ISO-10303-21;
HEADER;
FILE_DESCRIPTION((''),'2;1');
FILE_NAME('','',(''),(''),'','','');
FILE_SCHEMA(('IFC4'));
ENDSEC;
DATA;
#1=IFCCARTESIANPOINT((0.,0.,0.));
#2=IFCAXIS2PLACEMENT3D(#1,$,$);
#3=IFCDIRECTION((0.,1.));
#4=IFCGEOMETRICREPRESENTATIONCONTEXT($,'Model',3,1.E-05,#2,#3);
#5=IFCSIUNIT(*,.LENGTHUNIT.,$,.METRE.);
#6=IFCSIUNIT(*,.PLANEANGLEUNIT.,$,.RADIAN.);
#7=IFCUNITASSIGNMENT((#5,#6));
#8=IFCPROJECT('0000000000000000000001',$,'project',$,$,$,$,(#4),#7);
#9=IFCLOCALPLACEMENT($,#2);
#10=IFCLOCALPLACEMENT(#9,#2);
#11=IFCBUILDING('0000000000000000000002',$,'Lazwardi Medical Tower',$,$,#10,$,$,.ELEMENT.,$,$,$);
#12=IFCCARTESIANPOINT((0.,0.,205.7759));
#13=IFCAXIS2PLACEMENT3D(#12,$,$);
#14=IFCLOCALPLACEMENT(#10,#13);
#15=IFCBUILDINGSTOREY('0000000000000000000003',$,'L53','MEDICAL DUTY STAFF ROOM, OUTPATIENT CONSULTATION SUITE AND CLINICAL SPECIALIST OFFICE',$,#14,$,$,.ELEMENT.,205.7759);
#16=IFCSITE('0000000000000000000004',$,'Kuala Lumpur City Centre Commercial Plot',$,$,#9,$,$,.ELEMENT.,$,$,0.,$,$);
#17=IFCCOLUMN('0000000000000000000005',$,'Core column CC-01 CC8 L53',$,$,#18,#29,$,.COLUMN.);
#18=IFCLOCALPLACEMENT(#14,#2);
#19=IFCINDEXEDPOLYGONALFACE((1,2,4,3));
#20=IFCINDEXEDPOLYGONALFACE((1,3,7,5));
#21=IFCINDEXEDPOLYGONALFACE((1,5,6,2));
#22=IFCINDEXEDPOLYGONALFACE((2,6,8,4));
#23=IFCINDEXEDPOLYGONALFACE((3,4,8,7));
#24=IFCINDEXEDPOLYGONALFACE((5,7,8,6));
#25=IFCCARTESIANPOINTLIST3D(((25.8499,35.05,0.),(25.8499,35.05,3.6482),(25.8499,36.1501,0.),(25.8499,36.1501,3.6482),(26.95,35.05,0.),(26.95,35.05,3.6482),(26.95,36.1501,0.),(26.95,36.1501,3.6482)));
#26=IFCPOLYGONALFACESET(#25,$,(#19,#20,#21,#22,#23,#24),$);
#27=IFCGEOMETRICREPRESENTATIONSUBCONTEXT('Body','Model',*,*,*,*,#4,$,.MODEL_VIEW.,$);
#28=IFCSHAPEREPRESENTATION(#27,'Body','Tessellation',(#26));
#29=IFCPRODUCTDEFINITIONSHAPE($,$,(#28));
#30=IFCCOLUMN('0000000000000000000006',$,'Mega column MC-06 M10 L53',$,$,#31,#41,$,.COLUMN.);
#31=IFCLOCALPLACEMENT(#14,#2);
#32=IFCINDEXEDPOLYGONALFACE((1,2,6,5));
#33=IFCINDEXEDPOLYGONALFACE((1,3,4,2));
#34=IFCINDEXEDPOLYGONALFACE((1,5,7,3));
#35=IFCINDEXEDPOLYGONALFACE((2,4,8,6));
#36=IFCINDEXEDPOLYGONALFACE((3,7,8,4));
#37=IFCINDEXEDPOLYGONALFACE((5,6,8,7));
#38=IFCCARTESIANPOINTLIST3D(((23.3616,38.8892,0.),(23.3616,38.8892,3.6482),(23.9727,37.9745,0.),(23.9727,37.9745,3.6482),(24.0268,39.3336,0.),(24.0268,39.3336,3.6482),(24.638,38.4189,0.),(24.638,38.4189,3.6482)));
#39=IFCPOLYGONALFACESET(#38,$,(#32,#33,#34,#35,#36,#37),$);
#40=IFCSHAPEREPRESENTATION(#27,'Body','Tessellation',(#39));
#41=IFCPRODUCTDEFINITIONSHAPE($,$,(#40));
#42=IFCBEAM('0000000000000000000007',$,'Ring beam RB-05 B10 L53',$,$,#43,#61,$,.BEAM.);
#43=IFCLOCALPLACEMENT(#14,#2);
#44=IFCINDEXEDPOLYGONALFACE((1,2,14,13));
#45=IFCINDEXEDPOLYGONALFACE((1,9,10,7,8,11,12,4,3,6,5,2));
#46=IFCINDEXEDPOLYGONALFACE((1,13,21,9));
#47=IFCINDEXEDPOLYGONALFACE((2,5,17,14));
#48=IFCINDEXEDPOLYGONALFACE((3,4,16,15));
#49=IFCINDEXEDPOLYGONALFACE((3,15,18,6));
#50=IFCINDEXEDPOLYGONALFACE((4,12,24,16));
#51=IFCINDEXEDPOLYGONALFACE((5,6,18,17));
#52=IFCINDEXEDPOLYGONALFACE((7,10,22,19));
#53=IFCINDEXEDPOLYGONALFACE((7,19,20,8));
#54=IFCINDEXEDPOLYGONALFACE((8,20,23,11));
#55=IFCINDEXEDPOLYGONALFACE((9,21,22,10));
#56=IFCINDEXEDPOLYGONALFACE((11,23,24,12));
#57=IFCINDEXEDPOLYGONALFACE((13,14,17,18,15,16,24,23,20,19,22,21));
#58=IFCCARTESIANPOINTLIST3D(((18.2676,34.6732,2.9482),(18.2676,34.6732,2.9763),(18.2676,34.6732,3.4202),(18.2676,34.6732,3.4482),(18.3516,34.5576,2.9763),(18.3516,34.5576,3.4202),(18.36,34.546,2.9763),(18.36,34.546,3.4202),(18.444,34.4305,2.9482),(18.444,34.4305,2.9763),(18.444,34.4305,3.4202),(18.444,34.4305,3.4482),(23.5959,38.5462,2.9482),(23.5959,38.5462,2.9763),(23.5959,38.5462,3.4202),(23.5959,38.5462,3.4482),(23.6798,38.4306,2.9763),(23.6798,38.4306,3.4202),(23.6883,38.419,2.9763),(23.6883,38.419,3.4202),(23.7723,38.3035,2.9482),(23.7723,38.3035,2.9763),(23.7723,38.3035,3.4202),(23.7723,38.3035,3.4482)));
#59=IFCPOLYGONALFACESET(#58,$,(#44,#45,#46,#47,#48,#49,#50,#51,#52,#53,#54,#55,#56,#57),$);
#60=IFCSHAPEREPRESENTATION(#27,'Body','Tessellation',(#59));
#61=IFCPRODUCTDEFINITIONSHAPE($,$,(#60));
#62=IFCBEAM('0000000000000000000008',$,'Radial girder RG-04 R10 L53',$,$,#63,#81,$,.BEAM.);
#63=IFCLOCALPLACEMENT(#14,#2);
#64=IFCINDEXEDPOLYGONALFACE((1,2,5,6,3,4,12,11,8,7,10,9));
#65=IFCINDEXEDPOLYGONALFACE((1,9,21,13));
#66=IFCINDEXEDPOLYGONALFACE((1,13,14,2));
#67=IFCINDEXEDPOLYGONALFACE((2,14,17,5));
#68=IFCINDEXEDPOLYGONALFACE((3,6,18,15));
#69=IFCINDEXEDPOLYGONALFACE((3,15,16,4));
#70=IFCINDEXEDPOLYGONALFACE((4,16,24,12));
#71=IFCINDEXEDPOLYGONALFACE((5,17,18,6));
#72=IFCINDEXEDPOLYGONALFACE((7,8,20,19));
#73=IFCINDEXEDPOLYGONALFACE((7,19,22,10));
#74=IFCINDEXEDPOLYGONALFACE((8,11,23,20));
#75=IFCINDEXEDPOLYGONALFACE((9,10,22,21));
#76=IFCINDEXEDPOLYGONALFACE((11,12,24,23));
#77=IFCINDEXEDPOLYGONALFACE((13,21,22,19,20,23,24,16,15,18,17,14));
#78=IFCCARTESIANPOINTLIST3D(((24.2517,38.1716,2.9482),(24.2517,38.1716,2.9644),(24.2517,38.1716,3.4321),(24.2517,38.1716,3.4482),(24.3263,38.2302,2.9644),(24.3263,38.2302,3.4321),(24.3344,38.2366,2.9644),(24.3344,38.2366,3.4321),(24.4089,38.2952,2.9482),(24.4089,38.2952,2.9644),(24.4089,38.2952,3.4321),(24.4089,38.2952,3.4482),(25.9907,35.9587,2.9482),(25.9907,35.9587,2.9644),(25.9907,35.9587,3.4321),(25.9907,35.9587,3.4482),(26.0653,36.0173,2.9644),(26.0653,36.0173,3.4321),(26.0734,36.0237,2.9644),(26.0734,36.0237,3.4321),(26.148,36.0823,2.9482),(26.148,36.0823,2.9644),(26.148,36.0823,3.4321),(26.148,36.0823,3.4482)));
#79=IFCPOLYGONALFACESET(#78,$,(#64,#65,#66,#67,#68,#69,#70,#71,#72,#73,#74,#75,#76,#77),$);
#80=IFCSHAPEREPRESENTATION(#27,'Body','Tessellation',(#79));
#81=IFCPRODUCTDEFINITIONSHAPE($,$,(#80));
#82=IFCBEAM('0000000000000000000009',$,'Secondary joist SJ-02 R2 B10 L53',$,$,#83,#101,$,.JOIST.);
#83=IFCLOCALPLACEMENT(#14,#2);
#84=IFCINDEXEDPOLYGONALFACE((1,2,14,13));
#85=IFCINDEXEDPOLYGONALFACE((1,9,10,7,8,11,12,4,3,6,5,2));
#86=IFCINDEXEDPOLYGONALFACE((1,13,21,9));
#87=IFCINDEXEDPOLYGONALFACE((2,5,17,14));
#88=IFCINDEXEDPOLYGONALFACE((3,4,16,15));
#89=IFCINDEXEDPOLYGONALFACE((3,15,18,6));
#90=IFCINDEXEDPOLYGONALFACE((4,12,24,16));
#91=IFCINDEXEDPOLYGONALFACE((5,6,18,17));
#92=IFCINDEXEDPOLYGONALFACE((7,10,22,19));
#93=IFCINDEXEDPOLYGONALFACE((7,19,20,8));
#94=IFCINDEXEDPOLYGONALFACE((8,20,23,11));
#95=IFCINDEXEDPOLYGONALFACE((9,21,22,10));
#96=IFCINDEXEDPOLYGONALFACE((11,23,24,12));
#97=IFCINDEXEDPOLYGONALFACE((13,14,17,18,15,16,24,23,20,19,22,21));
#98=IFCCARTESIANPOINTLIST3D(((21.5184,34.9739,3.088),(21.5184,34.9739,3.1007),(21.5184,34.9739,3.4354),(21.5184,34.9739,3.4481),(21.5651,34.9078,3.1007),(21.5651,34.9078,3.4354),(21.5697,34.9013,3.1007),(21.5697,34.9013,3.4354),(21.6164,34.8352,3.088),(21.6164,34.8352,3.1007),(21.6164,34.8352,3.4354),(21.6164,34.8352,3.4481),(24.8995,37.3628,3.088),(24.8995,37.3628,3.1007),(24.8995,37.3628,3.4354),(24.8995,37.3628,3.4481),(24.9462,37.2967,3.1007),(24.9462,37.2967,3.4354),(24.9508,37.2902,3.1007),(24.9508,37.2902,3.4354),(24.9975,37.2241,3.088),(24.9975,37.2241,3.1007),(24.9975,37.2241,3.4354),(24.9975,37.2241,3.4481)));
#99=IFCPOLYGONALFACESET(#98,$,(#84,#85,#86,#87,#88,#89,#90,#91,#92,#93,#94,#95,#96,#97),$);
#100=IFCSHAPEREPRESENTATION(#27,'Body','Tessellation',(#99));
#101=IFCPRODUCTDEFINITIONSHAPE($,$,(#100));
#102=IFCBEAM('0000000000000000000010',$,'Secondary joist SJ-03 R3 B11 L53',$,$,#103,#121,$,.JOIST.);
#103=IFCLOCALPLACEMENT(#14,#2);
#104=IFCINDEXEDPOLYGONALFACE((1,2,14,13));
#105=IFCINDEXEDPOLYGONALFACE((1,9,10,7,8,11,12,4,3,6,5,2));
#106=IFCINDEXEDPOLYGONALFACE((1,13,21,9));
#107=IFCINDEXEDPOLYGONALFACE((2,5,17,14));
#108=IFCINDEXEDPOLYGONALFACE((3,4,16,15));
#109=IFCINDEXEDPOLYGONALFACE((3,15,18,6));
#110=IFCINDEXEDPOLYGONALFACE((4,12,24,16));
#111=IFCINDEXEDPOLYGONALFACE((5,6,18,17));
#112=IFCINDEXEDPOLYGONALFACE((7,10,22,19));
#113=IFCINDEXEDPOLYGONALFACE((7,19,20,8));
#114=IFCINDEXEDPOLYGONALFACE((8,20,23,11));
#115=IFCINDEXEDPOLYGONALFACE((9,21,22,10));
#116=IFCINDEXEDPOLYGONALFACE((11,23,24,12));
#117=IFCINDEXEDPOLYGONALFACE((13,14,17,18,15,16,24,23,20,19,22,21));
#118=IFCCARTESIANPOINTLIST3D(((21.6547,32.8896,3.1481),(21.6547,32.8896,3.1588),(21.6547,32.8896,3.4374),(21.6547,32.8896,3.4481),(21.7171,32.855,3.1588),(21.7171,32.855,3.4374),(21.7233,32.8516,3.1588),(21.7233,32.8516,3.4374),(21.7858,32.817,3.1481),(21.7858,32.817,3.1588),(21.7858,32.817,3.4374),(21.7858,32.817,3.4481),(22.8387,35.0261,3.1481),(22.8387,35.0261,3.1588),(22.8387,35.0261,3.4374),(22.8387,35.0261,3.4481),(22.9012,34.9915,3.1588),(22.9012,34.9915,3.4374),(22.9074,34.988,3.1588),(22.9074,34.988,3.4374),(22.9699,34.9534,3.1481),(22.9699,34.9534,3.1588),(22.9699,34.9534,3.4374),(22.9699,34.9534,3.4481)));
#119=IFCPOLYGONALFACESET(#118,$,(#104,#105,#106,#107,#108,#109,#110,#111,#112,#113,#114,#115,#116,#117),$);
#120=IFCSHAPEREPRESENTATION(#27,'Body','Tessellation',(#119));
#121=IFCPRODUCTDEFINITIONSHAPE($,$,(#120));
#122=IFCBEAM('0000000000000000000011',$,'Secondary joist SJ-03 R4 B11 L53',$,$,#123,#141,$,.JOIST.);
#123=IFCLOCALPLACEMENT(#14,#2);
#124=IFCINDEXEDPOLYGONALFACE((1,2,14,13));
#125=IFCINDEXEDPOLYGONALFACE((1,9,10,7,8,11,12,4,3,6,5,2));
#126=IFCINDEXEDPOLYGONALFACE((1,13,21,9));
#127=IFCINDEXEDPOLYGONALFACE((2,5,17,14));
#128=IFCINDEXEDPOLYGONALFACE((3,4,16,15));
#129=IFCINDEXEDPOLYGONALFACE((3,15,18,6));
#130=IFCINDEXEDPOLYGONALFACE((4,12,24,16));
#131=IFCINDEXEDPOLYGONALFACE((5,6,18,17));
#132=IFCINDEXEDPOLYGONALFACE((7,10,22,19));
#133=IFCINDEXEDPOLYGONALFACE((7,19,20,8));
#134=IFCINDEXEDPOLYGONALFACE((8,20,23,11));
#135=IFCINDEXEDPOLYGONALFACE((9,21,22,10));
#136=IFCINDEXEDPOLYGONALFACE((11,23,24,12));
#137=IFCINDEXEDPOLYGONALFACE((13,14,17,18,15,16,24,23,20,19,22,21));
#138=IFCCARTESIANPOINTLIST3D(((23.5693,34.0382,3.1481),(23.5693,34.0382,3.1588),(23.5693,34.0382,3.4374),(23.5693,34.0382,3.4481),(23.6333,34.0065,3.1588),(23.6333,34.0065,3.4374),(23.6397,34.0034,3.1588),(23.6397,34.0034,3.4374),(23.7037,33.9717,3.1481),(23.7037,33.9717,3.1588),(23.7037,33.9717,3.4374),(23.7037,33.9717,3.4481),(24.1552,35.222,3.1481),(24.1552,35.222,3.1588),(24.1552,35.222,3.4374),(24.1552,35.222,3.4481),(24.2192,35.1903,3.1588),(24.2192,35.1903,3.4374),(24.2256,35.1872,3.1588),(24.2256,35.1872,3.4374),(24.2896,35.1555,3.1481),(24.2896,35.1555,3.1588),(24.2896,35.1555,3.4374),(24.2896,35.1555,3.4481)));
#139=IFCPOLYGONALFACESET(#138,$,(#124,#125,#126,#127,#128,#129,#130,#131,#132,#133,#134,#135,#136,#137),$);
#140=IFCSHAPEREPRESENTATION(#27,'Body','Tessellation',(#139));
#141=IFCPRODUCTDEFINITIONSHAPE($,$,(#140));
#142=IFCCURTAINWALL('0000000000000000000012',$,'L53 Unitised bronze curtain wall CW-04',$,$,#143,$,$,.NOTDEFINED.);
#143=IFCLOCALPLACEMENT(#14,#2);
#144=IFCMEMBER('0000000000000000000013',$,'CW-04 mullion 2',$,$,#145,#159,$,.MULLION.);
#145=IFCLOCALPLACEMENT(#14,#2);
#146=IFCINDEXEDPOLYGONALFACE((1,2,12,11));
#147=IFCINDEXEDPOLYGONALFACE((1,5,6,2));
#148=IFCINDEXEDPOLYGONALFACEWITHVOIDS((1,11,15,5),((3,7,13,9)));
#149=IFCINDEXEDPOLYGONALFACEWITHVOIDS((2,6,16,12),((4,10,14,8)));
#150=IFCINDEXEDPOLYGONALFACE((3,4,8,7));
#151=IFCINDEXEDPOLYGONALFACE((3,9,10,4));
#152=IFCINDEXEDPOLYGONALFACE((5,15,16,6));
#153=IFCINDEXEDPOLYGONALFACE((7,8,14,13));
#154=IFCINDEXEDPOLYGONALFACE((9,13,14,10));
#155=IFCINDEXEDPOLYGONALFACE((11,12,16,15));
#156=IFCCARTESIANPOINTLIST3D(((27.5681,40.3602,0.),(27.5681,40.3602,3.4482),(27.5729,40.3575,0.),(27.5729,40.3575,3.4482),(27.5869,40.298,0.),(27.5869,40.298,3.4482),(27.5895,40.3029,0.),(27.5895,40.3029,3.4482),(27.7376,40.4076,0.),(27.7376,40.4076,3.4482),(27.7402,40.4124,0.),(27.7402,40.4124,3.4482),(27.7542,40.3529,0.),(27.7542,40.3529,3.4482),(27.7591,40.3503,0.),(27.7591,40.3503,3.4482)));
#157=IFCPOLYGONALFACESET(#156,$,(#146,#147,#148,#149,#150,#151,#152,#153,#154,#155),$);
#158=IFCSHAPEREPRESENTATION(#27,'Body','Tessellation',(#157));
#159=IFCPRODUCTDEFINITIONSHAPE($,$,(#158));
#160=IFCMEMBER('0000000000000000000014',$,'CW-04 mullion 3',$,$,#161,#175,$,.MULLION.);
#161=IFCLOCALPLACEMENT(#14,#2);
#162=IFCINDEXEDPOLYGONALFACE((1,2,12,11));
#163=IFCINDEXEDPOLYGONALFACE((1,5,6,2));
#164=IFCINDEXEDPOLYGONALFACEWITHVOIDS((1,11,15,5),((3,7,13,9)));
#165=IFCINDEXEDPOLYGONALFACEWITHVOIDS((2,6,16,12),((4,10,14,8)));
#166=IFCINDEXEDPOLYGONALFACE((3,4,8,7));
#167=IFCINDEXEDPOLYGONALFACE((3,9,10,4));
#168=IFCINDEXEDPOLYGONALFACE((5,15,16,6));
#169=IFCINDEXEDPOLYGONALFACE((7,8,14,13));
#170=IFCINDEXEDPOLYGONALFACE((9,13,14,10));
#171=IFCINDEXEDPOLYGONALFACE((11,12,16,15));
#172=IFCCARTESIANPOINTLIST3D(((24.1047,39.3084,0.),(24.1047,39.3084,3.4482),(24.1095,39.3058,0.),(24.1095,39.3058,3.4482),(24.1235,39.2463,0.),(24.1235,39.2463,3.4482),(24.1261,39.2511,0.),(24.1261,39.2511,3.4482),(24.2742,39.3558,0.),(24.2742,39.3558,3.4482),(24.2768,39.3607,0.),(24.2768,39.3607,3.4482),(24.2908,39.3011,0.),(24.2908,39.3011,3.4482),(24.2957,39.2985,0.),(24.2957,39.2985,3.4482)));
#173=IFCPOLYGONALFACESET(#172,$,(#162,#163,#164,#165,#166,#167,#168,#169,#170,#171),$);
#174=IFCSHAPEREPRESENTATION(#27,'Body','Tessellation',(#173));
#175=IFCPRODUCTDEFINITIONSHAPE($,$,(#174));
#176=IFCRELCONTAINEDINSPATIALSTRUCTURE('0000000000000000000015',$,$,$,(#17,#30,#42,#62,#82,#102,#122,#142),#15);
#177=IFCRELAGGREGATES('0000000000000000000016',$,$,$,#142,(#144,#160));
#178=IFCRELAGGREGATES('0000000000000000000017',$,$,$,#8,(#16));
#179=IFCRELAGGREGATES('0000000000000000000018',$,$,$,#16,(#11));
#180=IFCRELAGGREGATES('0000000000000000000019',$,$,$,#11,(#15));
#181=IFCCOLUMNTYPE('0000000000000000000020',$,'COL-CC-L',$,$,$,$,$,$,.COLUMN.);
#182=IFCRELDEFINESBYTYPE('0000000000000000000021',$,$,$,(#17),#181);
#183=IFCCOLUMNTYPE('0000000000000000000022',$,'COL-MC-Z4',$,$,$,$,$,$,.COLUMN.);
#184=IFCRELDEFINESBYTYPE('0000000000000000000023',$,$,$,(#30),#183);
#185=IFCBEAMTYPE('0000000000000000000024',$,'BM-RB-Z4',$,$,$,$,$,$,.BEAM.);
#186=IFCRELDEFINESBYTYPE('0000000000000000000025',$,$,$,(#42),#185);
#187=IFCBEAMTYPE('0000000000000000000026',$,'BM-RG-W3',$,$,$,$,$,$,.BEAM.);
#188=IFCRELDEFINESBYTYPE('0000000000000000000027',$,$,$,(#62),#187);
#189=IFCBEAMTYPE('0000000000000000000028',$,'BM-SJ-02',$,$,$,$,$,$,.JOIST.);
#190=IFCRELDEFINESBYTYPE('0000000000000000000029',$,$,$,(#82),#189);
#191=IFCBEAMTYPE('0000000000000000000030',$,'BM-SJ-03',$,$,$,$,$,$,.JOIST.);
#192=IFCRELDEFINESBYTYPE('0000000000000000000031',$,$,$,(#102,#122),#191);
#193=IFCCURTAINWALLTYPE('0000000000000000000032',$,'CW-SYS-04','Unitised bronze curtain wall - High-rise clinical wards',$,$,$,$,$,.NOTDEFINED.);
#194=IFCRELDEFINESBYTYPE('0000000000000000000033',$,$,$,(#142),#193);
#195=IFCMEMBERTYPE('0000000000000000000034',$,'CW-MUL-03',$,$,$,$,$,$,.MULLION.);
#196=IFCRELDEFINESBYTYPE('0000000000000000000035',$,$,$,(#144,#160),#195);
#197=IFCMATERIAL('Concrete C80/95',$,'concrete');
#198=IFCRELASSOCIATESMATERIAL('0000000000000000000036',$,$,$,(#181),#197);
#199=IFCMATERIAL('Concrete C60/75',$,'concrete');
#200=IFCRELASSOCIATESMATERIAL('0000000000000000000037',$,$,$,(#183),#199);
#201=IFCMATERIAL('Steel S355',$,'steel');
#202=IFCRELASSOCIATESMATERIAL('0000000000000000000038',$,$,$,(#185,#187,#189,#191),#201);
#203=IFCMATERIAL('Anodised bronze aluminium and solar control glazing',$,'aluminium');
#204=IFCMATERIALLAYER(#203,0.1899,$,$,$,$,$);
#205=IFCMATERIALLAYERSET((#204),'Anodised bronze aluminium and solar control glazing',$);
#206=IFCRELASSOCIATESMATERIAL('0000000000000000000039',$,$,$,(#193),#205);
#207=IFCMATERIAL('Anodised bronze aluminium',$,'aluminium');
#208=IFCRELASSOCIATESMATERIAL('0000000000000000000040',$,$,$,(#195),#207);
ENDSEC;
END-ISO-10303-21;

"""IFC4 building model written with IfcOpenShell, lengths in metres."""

from ifc_helpers import new_model, si_unit, direction, frame, origin, origin_2d, place, context, subcontext, project, spatial, rectangle, hollow_rectangle, i_section, extrude, material, layer, layer_set, material_profile, profile_set, type_object, element, aggregate, save


model = new_model("IFC4")

# Units and contexts
model_context = context("Model", 3, precision=1e-05, world=origin(), true_north=direction((0.0, 1.0)))
body_context = subcontext(model_context, "Body", "Model", "MODEL_VIEW")
ifc_project = project(units=[si_unit("LENGTHUNIT", "METRE"), si_unit("PLANEANGLEUNIT", "RADIAN")], contexts=[model_context])

# Site, building, storey
site_placement = place(None, origin())
site = spatial("IfcSite", under=ifc_project, at=site_placement, Name="Kuala Lumpur City Centre Commercial Plot", CompositionType="ELEMENT", RefElevation=0.0)
building_placement = place(site_placement, origin())
building = spatial("IfcBuilding", under=site, at=building_placement, Name="Lazwardi Medical Tower", CompositionType="ELEMENT")
storey_placement = place(building_placement, frame((0.0, 0.0, 205.7759)))
storey = spatial("IfcBuildingStorey", under=building, at=storey_placement, Name="L53", Description="MEDICAL DUTY STAFF ROOM, OUTPATIENT CONSULTATION SUITE AND CLINICAL SPECIALIST OFFICE", CompositionType="ELEMENT", Elevation=205.7759)

# Columns
ifc_material_1 = material(Name="Concrete C80/95", Category="concrete")
ifc_material_profile_1 = material_profile(ifc_material_1, rectangle(XDim=1.1001, YDim=1.1001, at=origin_2d()), Name="RC 1100x1100")
ifc_profile_set_1 = profile_set([ifc_material_profile_1], Name="Concrete C80/95")
column_type_1 = type_object("IfcColumnType", Name="COL-CC-L", PredefinedType="COLUMN", material=ifc_profile_set_1)
column_1_placement = place(storey_placement, frame((26.3999, 35.6001, 0.0), z_axis=(0.0, 0.0, 1.0), x_axis=(1.0, 0.0, 0.0)))
element("IfcColumn", 1, at=column_1_placement, inside=storey, type_object=column_type_1, Name="Core column CC-01 CC8 L53", PredefinedType="COLUMN", context=body_context, shape_type="SweptSolid", body=[
    extrude(rectangle(XDim=1.1001, YDim=1.1001, at=origin_2d()), origin(), (0.0, 0.0, 1.0), 3.6482),
])
ifc_material_2 = material(Name="Concrete C60/75", Category="concrete")
ifc_material_profile_2 = material_profile(ifc_material_2, rectangle(XDim=1.1001, YDim=0.8, at=origin_2d()), Name="CFT-RECT 1100x800")
ifc_profile_set_2 = profile_set([ifc_material_profile_2], Name="Concrete C60/75")
column_type_2 = type_object("IfcColumnType", Name="COL-MC-Z4", PredefinedType="COLUMN", material=ifc_profile_set_2)
column_2_placement = place(storey_placement, frame((23.9998, 38.6541, 0.0), z_axis=(0.0, 0.0, 1.0), x_axis=(-0.55557, 0.83147, 0.0)))
element("IfcColumn", 2, at=column_2_placement, inside=storey, type_object=column_type_2, Name="Mega column MC-06 M10 L53", PredefinedType="COLUMN", context=body_context, shape_type="SweptSolid", body=[
    extrude(rectangle(XDim=1.1001, YDim=0.8, at=origin_2d()), origin(), (0.0, 0.0, 1.0), 3.6482),
])

# Beams
ifc_material_3 = material(Name="Steel S355", Category="steel")
ifc_material_profile_3 = material_profile(ifc_material_3, i_section(OverallWidth=0.3, OverallDepth=0.5, WebThickness=0.0144, FlangeThickness=0.0281, at=origin_2d()), Name="HEB 500")
ifc_profile_set_3 = profile_set([ifc_material_profile_3], Name="Steel S355")
beam_type_1 = type_object("IfcBeamType", Name="BM-RB-Z4", PredefinedType="BEAM", material=ifc_profile_set_3)
beam_1_placement = place(storey_placement, frame((23.6841, 38.4248, 3.1982), z_axis=(-0.80889, -0.58796, 0.0), x_axis=(0.58796, -0.80889, 0.0)))
element("IfcBeam", 3, at=beam_1_placement, inside=storey, type_object=beam_type_1, Name="Ring beam RB-05 B10 L53", PredefinedType="BEAM", context=body_context, shape_type="SweptSolid", body=[
    extrude(i_section(OverallWidth=0.3, OverallDepth=0.5, WebThickness=0.0144, FlangeThickness=0.0281, at=origin_2d()), origin(), (0.0, 0.0, 1.0), 6.5872),
])
ifc_material_profile_4 = material_profile(ifc_material_3, i_section(OverallWidth=0.2, OverallDepth=0.5, WebThickness=0.0103, FlangeThickness=0.0161, at=origin_2d()), Name="IPE 500")
ifc_profile_set_4 = profile_set([ifc_material_profile_4], Name="Steel S355")
beam_type_2 = type_object("IfcBeamType", Name="BM-RG-W3", PredefinedType="BEAM", material=ifc_profile_set_4)
beam_2_placement = place(storey_placement, frame((24.3303, 38.2334, 3.1982), z_axis=(0.617891, -0.786264, 0.0), x_axis=(0.786264, 0.617891, 0.0)))
element("IfcBeam", 4, at=beam_2_placement, inside=storey, type_object=beam_type_2, Name="Radial girder RG-04 R10 L53", PredefinedType="BEAM", context=body_context, shape_type="SweptSolid", body=[
    extrude(i_section(OverallWidth=0.2, OverallDepth=0.5, WebThickness=0.0103, FlangeThickness=0.0161, at=origin_2d()), origin(), (0.0, 0.0, 1.0), 2.8145),
])
ifc_material_profile_5 = material_profile(ifc_material_3, i_section(OverallWidth=0.1699, OverallDepth=0.3601, WebThickness=0.0081, FlangeThickness=0.0127, at=origin_2d()), Name="IPE 360")
ifc_profile_set_5 = profile_set([ifc_material_profile_5], Name="Steel S355")
beam_type_3 = type_object("IfcBeamType", Name="BM-SJ-02", PredefinedType="JOIST", material=ifc_profile_set_5)
beam_3_placement = place(storey_placement, frame((24.9485, 37.2935, 3.2681), z_axis=(-0.816711, -0.577047, 0.0), x_axis=(0.577047, -0.816711, 0.0)))
element("IfcBeam", 5, at=beam_3_placement, inside=storey, type_object=beam_type_3, Name="Secondary joist SJ-02 R2 B10 L53", PredefinedType="JOIST", context=body_context, shape_type="SweptSolid", body=[
    extrude(i_section(OverallWidth=0.1699, OverallDepth=0.3601, WebThickness=0.0081, FlangeThickness=0.0127, at=origin_2d()), origin(), (0.0, 0.0, 1.0), 4.1399),
])
ifc_material_profile_6 = material_profile(ifc_material_3, i_section(OverallWidth=0.1499, OverallDepth=0.3, WebThickness=0.0071, FlangeThickness=0.0107, at=origin_2d()), Name="IPE 300")
ifc_profile_set_6 = profile_set([ifc_material_profile_6], Name="Steel S355")
beam_type_4 = type_object("IfcBeamType", Name="BM-SJ-03", PredefinedType="JOIST", material=ifc_profile_set_6)
beam_4_placement = place(storey_placement, frame((22.9043, 34.9897, 3.2981), z_axis=(-0.484752, -0.874652, 0.0), x_axis=(0.874652, -0.484752, 0.0)))
element("IfcBeam", 6, at=beam_4_placement, inside=storey, type_object=beam_type_4, Name="Secondary joist SJ-03 R3 B11 L53", PredefinedType="JOIST", context=body_context, shape_type="SweptSolid", body=[
    extrude(i_section(OverallWidth=0.1499, OverallDepth=0.3, WebThickness=0.0071, FlangeThickness=0.0107, at=origin_2d()), origin(), (0.0, 0.0, 1.0), 2.4426),
])
beam_5_placement = place(storey_placement, frame((24.2224, 35.1887, 3.2981), z_axis=(-0.443587, -0.896231, 0.0), x_axis=(0.896231, -0.443587, 0.0)))
element("IfcBeam", 7, at=beam_5_placement, inside=storey, type_object=beam_type_4, Name="Secondary joist SJ-03 R4 B11 L53", PredefinedType="JOIST", context=body_context, shape_type="SweptSolid", body=[
    extrude(i_section(OverallWidth=0.1499, OverallDepth=0.3, WebThickness=0.0071, FlangeThickness=0.0107, at=origin_2d()), origin(), (0.0, 0.0, 1.0), 1.3208),
])

# Curtain wall, members
ifc_material_4 = material(Name="Anodised bronze aluminium and solar control glazing", Category="aluminium")
ifc_layer_1 = layer(ifc_material_4, 0.1899)
ifc_layer_set_1 = layer_set([ifc_layer_1], Name="Anodised bronze aluminium and solar control glazing")
curtain_wall_type = type_object("IfcCurtainWallType", Name="CW-SYS-04", Description="Unitised bronze curtain wall - High-rise clinical wards", PredefinedType="NOTDEFINED", material=ifc_layer_set_1)
curtain_wall_1_placement = place(storey_placement, origin())
curtain_wall_1 = element("IfcCurtainWall", 8, at=curtain_wall_1_placement, inside=storey, type_object=curtain_wall_type, Name="L53 Unitised bronze curtain wall CW-04", PredefinedType="NOTDEFINED")
ifc_material_5 = material(Name="Anodised bronze aluminium", Category="aluminium")
ifc_material_profile_7 = material_profile(ifc_material_5, hollow_rectangle(XDim=0.0649, YDim=0.1799, WallThickness=0.0039, at=origin_2d()), Name="ALU-MULLION 180x65x4")
ifc_profile_set_7 = profile_set([ifc_material_profile_7], Name="Anodised bronze aluminium")
member_type_1 = type_object("IfcMemberType", Name="CW-MUL-03", PredefinedType="MULLION", material=ifc_profile_set_7)
member_1_placement = place(storey_placement, frame((27.6636, 40.3552, 0.0), z_axis=(0.0, 0.0, 1.0), x_axis=(0.290582, -0.95685, 0.0)))
member_1 = element("IfcMember", 9, at=member_1_placement, type_object=member_type_1, Name="CW-04 mullion 2", PredefinedType="MULLION", context=body_context, shape_type="SweptSolid", body=[
    extrude(hollow_rectangle(XDim=0.0649, YDim=0.1799, WallThickness=0.0039, at=origin_2d()), origin(), (0.0, 0.0, 1.0), 3.4482),
])
member_2_placement = place(storey_placement, frame((24.2002, 39.3035, 0.0), z_axis=(0.0, 0.0, 1.0), x_axis=(0.290582, -0.95685, 0.0)))
member_2 = element("IfcMember", 10, at=member_2_placement, type_object=member_type_1, Name="CW-04 mullion 3", PredefinedType="MULLION", context=body_context, shape_type="SweptSolid", body=[
    extrude(hollow_rectangle(XDim=0.0649, YDim=0.1799, WallThickness=0.0039, at=origin_2d()), origin(), (0.0, 0.0, 1.0), 3.4482),
])

aggregate(curtain_wall_1, [member_1, member_2])

save(model, "model.ifc")
